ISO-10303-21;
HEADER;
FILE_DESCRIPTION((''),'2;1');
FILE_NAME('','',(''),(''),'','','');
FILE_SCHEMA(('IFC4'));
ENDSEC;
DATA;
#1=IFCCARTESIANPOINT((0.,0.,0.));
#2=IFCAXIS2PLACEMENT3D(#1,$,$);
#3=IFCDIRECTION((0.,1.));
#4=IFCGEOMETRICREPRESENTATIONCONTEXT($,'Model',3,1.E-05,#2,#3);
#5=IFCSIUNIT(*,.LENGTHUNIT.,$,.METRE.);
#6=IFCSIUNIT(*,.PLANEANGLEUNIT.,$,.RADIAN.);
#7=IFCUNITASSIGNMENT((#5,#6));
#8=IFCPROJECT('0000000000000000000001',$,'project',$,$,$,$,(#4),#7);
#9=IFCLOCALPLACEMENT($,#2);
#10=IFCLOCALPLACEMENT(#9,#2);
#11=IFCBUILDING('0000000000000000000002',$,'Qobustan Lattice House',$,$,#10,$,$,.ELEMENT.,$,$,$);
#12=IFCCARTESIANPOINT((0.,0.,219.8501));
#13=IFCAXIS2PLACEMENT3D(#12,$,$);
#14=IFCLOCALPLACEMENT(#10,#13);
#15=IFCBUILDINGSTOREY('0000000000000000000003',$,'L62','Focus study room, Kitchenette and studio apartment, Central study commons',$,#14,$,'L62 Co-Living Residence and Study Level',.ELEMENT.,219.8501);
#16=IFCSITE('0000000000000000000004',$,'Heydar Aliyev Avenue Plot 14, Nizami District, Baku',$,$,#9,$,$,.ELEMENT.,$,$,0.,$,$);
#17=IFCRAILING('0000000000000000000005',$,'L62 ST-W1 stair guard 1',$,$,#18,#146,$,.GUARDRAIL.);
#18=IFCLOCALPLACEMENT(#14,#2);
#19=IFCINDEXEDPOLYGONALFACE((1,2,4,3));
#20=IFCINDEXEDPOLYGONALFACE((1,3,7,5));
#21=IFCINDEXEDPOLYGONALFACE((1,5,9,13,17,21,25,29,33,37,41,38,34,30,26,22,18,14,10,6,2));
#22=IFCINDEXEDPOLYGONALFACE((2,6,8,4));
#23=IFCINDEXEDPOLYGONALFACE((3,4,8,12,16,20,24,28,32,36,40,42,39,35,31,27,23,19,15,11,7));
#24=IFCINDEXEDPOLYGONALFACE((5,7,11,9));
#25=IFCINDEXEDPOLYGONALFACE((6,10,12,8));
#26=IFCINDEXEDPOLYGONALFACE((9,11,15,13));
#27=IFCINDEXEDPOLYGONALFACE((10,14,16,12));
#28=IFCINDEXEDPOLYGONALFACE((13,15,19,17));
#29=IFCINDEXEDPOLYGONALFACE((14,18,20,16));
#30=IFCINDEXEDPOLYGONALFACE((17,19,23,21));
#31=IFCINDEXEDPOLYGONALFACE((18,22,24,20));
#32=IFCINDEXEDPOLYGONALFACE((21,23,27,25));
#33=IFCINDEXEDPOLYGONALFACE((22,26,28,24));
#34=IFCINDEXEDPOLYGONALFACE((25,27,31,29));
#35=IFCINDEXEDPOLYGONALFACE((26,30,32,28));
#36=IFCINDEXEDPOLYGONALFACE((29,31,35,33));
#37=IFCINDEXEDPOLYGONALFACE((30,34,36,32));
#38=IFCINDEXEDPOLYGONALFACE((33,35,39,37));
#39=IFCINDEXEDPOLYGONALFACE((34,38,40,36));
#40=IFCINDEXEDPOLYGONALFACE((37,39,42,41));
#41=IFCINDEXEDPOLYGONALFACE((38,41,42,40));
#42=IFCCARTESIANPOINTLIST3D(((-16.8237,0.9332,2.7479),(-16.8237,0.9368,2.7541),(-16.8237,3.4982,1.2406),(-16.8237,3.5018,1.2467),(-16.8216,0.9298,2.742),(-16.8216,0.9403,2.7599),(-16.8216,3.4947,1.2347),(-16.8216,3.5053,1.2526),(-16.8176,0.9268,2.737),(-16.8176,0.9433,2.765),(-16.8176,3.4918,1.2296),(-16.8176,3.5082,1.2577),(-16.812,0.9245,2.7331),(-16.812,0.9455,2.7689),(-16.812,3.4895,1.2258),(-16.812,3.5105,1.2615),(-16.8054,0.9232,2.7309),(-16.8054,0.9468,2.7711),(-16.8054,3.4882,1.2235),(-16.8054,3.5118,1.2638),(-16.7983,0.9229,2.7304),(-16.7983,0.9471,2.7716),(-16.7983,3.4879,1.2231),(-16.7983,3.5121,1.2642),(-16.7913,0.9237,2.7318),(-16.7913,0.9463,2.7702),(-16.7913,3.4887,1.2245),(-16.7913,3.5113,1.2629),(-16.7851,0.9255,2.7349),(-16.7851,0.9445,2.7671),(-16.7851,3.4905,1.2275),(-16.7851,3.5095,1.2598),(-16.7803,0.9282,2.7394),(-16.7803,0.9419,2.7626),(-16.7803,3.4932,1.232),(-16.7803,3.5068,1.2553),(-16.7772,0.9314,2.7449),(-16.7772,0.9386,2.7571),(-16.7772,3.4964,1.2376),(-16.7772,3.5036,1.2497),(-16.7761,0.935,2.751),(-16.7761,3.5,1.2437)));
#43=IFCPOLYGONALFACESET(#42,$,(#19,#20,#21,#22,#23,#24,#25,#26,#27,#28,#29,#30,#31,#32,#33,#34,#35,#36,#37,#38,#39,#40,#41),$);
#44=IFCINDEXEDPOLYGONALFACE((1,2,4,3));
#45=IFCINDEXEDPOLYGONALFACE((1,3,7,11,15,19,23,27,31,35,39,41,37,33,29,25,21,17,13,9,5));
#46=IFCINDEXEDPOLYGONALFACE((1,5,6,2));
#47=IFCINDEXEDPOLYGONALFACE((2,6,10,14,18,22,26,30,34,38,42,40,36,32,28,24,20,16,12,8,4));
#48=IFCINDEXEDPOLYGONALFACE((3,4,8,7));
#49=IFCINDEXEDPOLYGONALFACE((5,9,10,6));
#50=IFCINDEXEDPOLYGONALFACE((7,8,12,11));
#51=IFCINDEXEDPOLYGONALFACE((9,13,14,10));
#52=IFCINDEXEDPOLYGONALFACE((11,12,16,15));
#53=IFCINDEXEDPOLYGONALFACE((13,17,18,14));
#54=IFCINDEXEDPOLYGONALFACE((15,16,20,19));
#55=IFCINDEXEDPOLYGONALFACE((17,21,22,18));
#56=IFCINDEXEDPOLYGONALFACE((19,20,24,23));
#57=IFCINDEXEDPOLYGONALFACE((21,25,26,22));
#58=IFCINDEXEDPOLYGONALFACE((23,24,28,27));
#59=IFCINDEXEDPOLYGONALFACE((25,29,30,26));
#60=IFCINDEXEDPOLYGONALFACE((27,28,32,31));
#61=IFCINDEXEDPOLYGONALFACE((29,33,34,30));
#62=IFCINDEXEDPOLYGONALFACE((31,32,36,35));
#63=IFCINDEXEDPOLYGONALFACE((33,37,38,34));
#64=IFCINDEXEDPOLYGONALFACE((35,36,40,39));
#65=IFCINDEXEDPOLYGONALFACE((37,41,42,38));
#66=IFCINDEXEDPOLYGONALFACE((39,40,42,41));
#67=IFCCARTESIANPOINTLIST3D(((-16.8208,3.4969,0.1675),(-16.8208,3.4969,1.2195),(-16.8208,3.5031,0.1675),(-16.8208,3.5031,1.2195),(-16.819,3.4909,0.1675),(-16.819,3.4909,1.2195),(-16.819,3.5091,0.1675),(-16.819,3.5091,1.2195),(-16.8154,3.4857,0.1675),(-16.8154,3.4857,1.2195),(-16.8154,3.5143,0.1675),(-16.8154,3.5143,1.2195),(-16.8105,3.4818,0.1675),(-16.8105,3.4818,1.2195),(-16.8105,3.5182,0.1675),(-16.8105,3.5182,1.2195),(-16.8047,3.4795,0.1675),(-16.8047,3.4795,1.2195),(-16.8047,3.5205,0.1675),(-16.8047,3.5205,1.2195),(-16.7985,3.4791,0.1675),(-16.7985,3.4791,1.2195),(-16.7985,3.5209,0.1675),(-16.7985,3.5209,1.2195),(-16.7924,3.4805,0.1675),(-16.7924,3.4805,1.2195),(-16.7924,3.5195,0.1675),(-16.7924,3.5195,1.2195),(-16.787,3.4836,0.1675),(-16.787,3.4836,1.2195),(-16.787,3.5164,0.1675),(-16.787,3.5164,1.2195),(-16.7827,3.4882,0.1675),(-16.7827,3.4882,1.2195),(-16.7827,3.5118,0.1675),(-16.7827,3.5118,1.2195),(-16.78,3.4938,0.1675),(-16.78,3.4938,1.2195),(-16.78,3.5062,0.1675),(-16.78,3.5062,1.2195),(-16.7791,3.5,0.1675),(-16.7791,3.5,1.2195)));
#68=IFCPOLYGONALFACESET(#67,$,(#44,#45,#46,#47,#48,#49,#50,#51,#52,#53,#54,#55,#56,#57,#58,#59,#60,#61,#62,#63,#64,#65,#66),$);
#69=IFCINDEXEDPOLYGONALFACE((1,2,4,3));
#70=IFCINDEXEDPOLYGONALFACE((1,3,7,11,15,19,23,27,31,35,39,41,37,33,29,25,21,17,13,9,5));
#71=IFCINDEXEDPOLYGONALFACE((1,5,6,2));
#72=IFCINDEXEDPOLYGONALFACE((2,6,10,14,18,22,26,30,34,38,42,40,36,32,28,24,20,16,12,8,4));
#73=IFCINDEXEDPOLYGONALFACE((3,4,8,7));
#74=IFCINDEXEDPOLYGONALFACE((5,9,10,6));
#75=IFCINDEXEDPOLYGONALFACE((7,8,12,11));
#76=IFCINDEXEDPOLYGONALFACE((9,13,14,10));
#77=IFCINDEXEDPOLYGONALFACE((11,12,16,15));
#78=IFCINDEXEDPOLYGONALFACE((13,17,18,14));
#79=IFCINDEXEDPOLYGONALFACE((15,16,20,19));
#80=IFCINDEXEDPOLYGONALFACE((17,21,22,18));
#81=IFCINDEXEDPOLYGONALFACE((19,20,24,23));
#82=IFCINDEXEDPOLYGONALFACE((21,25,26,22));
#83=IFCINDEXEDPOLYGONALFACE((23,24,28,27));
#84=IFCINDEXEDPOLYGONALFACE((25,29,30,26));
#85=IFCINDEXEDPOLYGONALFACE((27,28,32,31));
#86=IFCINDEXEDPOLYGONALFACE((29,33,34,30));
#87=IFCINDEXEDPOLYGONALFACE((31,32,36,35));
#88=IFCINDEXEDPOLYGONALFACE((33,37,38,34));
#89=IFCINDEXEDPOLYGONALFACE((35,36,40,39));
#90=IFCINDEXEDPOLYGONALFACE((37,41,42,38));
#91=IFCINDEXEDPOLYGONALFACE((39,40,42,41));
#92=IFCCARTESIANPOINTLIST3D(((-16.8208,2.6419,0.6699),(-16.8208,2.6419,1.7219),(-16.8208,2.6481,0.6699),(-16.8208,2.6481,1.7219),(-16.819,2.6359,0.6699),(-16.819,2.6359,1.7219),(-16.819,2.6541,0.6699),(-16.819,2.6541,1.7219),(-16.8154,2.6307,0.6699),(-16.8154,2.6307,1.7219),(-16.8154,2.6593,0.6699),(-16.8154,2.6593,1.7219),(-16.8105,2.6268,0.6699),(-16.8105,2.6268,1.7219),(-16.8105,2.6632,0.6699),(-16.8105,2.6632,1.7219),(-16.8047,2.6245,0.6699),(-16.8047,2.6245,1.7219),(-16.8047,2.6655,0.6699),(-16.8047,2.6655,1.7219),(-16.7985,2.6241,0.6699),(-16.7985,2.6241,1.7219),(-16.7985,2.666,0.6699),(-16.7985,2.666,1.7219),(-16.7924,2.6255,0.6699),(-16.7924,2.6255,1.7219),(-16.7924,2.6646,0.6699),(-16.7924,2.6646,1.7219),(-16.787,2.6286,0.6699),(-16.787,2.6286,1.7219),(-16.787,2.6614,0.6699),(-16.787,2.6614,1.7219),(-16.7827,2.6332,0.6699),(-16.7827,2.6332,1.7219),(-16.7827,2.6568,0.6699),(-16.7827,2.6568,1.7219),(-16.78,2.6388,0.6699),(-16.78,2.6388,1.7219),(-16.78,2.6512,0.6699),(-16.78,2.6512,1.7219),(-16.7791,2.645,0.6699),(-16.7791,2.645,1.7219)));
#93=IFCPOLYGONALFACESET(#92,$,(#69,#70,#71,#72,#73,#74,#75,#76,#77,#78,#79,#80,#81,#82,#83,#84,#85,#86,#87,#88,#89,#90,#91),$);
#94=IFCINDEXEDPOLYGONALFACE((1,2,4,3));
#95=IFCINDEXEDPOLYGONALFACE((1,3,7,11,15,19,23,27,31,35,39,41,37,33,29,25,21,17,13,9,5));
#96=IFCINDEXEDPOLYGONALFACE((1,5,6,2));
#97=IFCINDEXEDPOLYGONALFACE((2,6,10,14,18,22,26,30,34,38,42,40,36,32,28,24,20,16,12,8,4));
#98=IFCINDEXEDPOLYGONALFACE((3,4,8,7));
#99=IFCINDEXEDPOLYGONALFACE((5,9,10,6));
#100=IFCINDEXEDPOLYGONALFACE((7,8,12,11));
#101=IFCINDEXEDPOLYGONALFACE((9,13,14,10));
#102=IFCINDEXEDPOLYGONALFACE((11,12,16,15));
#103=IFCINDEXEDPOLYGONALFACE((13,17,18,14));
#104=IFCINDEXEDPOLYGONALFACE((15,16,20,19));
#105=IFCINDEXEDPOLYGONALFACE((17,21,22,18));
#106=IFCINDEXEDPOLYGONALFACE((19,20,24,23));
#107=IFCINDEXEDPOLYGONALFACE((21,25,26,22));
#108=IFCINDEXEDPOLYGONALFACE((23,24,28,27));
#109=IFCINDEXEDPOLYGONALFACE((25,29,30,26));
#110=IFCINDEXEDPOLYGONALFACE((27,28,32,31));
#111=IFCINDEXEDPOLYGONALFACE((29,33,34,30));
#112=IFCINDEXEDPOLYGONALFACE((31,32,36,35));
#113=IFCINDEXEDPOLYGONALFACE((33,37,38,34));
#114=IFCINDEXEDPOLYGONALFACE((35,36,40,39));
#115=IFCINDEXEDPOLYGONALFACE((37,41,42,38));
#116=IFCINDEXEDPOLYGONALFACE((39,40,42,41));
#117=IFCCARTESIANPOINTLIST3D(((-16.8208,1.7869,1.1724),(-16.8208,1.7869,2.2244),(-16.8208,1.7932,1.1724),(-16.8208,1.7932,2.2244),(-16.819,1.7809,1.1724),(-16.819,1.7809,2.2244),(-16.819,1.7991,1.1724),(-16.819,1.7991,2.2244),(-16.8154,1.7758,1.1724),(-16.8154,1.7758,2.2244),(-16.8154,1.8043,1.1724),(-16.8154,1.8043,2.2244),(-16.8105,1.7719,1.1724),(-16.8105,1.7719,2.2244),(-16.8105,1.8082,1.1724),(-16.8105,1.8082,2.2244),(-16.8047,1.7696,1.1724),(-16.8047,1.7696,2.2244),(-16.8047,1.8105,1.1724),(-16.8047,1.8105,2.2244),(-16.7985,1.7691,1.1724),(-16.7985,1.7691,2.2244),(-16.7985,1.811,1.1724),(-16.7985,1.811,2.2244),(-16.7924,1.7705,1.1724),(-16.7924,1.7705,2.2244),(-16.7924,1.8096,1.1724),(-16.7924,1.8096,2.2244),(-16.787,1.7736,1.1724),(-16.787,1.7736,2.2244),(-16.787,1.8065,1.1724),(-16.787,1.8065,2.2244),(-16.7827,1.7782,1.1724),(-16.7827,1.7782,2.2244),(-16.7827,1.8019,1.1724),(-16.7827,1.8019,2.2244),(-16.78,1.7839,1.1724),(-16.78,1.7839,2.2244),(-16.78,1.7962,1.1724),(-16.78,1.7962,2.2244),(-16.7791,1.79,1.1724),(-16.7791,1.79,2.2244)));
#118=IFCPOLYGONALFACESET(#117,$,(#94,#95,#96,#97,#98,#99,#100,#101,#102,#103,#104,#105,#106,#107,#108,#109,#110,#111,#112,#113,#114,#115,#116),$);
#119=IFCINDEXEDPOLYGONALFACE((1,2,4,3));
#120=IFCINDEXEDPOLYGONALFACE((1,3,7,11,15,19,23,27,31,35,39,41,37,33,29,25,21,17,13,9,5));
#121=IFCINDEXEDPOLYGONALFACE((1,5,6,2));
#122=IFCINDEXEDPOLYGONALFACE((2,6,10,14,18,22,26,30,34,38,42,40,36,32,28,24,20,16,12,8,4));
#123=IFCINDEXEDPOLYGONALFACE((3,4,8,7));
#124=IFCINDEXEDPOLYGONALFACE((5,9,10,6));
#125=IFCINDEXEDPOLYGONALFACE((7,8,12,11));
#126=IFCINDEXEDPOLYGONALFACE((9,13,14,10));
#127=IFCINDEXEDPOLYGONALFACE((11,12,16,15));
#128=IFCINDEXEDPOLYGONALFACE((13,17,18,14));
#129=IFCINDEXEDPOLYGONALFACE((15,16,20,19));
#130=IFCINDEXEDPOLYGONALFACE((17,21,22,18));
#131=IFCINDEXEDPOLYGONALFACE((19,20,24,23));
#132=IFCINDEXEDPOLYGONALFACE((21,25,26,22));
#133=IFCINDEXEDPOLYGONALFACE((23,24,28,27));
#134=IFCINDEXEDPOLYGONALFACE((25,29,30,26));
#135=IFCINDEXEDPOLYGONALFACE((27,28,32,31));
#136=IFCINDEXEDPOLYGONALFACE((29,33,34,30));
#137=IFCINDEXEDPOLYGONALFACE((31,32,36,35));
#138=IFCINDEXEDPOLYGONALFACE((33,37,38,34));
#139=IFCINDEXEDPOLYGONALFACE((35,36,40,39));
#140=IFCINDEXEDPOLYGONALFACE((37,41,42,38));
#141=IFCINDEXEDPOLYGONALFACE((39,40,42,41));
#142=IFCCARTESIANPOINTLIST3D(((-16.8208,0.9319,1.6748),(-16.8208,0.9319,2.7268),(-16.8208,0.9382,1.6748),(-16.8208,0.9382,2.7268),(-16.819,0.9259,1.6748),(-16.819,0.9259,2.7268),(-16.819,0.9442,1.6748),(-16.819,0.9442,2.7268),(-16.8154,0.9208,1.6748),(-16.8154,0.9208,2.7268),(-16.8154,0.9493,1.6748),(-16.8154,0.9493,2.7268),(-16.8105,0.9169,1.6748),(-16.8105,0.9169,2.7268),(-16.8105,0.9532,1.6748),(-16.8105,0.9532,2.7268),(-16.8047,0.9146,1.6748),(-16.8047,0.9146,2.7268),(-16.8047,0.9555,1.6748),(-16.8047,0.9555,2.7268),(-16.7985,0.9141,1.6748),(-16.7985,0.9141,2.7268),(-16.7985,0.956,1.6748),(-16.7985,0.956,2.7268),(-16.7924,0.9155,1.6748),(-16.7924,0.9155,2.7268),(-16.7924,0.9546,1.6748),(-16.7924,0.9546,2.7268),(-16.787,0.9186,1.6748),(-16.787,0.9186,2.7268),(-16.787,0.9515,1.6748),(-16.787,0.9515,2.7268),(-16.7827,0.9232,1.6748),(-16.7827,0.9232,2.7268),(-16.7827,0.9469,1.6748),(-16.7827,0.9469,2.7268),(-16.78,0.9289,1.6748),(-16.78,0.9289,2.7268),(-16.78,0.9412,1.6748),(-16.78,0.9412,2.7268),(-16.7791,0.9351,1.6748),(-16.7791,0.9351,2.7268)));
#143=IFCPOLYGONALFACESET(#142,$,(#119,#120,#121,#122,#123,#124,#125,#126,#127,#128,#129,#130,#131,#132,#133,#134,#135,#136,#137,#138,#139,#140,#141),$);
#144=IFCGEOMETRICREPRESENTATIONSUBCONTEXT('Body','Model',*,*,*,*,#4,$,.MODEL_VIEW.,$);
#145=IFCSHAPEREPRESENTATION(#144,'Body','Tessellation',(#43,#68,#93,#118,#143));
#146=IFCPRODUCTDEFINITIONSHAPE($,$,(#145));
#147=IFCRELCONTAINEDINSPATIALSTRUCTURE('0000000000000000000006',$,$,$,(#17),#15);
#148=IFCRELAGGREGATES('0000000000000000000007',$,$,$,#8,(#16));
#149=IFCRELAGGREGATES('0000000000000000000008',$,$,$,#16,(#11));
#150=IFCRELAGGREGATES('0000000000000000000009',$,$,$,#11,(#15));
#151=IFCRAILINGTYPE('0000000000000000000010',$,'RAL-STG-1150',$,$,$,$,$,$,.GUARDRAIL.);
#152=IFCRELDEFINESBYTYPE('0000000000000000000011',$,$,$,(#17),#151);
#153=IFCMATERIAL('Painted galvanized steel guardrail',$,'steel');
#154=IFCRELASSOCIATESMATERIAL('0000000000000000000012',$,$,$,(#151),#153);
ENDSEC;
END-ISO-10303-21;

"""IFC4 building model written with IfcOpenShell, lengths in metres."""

from ifc_helpers import new_model, si_unit, direction, frame, origin, origin_2d, place, context, subcontext, project, spatial, circle, extrude, material, type_object, element, save


model = new_model("IFC4")

# Units and contexts
model_context = context("Model", 3, precision=1e-05, world=origin(), true_north=direction((0.0, 1.0)))
body_context = subcontext(model_context, "Body", "Model", "MODEL_VIEW")
ifc_project = project(units=[si_unit("LENGTHUNIT", "METRE"), si_unit("PLANEANGLEUNIT", "RADIAN")], contexts=[model_context])

# Site, building, storey
site_placement = place(None, origin())
site = spatial("IfcSite", under=ifc_project, at=site_placement, Name="Heydar Aliyev Avenue Plot 14, Nizami District, Baku", CompositionType="ELEMENT", RefElevation=0.0)
building_placement = place(site_placement, origin())
building = spatial("IfcBuilding", under=site, at=building_placement, Name="Qobustan Lattice House", CompositionType="ELEMENT")
storey_placement = place(building_placement, frame((0.0, 0.0, 219.8501)))
storey = spatial("IfcBuildingStorey", under=building, at=storey_placement, Name="L62", Description="Focus study room, Kitchenette and studio apartment, Central study commons", LongName="L62 Co-Living Residence and Study Level", CompositionType="ELEMENT", Elevation=219.8501)

# Railing
ifc_material_1 = material(Name="Painted galvanized steel guardrail", Category="steel")
railing_type_1 = type_object("IfcRailingType", Name="RAL-STG-1150", PredefinedType="GUARDRAIL", material=ifc_material_1)
railing_1_placement = place(storey_placement, frame((-16.8, 3.5, 0.1675)))
element("IfcRailing", 1, at=railing_1_placement, inside=storey, type_object=railing_type_1, Name="L62 ST-W1 stair guard 1", PredefinedType="GUARDRAIL", context=body_context, shape_type="SweptSolid", body=[
    extrude(circle(Radius=0.0239, at=origin_2d()), frame((0.0, 0.0, 1.0762), z_axis=(0.0, -0.862149, 0.506654), x_axis=(1.0, 0.0, 0.0)), (0.0, 0.0, 1.0), 2.9751),
    extrude(circle(Radius=0.021, at=origin_2d()), origin(), (0.0, 0.0, 1.0), 1.052),
    extrude(circle(Radius=0.021, at=origin_2d()), frame((0.0, -0.855, 0.5024)), (0.0, 0.0, 1.0), 1.052),
    extrude(circle(Radius=0.021, at=origin_2d()), frame((0.0, -1.71, 1.0049)), (0.0, 0.0, 1.0), 1.052),
    extrude(circle(Radius=0.021, at=origin_2d()), frame((0.0, -2.5649, 1.5073)), (0.0, 0.0, 1.0), 1.052),
])

save(model, "model.ifc")
